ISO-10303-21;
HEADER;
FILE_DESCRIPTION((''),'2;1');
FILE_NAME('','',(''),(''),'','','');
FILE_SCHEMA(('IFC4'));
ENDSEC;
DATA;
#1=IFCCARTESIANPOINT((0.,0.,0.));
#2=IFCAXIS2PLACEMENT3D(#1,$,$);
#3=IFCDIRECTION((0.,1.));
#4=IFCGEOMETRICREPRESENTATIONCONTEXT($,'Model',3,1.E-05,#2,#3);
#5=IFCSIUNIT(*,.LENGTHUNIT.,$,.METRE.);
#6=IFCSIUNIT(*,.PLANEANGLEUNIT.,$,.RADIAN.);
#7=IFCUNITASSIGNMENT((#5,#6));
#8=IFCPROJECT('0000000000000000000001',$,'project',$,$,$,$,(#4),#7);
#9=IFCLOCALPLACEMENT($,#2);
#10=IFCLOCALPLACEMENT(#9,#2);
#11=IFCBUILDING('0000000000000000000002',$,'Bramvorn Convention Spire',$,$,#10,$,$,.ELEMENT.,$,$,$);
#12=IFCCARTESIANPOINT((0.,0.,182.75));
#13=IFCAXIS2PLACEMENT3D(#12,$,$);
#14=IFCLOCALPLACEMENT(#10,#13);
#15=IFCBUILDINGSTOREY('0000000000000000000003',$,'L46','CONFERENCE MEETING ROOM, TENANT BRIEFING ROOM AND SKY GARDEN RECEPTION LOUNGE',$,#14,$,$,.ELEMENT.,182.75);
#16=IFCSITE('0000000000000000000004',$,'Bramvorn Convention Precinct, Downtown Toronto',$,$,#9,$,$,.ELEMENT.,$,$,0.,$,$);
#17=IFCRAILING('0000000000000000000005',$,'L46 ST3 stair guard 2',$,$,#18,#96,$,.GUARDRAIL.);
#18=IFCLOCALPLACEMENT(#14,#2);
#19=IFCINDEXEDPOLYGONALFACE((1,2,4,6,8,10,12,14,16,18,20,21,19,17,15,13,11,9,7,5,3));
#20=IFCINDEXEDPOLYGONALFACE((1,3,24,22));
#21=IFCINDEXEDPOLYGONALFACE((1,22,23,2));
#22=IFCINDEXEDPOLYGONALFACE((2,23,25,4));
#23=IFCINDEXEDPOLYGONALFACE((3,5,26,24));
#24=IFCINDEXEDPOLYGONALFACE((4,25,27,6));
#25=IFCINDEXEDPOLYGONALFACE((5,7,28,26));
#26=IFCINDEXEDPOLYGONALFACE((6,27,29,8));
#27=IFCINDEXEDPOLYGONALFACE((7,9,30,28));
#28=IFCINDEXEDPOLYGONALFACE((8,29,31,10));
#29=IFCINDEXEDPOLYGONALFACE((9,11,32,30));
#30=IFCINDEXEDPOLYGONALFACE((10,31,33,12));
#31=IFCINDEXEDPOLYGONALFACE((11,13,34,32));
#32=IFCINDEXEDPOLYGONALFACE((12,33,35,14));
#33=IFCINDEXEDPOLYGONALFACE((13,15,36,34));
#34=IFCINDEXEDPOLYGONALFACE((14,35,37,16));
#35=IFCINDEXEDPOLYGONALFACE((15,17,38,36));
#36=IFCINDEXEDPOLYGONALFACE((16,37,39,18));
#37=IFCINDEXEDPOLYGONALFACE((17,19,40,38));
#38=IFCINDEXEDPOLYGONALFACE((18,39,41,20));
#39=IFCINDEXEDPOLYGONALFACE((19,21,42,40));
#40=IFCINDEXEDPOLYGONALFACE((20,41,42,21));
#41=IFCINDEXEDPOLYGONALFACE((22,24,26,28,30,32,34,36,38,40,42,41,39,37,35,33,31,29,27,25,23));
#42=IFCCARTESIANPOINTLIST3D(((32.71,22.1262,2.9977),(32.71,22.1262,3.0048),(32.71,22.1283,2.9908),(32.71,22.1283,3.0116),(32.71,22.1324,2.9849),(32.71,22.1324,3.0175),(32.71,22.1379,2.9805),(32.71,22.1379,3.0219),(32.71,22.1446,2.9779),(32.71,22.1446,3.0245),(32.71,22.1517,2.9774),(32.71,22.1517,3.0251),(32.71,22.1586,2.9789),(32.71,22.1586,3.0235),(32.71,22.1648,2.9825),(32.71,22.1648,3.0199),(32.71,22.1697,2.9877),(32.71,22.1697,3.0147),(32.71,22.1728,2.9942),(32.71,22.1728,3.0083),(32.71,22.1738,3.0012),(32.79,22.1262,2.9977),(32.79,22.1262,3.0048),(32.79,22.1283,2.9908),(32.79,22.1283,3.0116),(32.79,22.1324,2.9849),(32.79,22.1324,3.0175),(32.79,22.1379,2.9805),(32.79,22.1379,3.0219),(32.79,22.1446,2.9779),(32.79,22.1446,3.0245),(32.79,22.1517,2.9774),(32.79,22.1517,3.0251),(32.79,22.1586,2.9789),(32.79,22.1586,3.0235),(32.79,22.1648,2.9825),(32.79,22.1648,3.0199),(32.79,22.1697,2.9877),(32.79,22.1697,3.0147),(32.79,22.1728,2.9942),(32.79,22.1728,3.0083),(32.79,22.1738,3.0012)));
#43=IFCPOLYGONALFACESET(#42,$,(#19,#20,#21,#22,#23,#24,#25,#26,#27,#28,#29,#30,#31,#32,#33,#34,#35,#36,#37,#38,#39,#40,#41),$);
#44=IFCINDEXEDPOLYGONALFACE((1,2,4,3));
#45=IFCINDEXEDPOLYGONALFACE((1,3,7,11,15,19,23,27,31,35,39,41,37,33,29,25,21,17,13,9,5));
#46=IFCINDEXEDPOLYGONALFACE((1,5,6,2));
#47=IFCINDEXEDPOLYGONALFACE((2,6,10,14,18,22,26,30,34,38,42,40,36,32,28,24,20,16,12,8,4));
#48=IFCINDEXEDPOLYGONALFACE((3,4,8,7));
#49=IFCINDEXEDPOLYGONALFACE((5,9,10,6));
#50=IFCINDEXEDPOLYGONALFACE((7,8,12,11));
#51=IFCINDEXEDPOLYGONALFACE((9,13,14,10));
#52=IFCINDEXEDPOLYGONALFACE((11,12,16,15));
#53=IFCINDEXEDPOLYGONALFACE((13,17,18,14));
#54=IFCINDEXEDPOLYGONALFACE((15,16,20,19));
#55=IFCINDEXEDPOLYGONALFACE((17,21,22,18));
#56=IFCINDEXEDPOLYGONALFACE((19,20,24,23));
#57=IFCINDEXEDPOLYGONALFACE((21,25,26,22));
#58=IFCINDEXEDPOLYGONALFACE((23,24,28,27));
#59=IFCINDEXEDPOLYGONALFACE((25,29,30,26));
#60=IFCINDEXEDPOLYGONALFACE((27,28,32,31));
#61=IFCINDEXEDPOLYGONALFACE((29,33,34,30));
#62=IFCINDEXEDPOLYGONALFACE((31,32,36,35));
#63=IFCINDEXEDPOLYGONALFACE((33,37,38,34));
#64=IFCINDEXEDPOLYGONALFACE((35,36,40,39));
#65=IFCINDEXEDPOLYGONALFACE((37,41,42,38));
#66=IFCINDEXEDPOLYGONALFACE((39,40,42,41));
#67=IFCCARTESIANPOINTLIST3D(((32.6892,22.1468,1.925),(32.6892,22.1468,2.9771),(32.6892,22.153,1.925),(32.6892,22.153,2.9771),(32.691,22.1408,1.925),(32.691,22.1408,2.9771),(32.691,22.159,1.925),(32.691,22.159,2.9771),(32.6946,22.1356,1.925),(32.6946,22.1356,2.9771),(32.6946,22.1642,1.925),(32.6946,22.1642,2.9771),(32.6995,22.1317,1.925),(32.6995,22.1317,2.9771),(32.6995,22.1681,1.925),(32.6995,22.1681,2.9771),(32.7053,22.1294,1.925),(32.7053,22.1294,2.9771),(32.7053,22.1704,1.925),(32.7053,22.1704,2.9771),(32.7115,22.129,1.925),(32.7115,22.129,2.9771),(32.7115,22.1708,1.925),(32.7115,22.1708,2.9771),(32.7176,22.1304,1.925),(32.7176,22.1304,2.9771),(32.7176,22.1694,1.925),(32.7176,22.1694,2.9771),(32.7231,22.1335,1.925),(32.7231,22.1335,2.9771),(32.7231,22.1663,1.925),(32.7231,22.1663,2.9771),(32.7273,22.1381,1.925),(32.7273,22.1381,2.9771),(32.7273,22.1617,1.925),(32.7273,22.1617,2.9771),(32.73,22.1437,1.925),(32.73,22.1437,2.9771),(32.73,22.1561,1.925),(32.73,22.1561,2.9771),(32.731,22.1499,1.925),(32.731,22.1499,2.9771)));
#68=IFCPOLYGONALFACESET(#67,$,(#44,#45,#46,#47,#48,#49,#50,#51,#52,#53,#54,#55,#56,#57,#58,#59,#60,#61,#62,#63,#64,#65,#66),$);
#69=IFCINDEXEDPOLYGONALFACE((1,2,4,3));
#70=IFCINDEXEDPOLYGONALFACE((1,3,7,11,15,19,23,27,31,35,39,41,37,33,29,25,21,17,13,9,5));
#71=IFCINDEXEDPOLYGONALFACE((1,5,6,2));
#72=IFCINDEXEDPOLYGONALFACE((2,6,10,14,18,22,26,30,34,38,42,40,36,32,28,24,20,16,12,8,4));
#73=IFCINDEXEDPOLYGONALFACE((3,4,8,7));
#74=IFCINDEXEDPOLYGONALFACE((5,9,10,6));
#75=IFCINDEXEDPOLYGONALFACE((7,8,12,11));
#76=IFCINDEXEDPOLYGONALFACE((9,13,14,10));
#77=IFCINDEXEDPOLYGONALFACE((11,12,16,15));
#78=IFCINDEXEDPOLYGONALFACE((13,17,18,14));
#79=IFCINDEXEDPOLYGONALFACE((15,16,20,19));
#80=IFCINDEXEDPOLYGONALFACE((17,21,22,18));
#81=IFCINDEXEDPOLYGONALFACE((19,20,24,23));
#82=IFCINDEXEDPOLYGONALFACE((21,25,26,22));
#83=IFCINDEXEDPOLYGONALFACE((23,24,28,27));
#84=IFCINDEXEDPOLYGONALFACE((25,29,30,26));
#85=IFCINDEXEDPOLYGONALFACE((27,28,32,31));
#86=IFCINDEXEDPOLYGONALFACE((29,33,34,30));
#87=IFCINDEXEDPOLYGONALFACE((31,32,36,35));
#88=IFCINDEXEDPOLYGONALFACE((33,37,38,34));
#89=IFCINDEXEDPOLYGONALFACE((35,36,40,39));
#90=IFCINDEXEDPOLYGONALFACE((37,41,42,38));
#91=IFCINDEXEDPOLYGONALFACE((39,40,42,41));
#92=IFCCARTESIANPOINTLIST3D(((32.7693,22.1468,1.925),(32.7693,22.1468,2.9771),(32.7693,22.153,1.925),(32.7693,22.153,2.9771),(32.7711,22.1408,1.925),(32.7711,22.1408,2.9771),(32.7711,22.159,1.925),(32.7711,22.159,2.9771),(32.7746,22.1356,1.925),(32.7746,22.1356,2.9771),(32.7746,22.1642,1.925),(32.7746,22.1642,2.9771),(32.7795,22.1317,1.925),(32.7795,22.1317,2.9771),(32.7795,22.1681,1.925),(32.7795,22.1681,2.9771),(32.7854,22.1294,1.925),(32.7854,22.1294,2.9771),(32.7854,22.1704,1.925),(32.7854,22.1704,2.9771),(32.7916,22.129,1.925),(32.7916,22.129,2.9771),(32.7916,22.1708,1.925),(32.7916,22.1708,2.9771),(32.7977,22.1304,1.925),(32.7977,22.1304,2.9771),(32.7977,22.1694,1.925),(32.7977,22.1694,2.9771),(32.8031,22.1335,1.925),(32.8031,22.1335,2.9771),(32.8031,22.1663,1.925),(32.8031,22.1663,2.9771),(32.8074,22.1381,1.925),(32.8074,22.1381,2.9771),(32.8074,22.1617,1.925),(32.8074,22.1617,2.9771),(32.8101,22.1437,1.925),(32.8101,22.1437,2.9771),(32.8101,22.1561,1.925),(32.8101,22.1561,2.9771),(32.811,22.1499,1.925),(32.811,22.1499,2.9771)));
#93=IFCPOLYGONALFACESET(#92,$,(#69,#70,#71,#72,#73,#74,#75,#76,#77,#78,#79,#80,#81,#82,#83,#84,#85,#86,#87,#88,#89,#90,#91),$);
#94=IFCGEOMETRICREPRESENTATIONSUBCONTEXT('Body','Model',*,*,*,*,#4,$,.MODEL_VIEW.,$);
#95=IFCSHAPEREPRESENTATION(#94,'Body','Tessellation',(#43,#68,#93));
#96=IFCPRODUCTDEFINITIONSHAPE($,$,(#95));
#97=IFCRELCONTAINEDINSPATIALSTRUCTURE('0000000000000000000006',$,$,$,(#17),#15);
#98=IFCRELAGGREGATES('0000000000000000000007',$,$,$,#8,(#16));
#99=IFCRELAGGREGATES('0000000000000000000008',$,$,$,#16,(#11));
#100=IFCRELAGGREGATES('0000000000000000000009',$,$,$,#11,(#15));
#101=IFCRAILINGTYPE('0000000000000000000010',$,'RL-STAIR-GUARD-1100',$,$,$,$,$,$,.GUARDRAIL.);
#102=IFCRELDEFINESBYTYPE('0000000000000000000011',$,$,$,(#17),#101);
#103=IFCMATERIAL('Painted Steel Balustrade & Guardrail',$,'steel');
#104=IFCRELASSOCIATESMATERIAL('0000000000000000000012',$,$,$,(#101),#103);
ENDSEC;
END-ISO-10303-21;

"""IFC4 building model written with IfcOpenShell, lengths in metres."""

from ifc_helpers import new_model, si_unit, direction, frame, origin, origin_2d, place, context, subcontext, project, spatial, circle, extrude, material, type_object, element, save


model = new_model("IFC4")

# Units and contexts
model_context = context("Model", 3, precision=1e-05, world=origin(), true_north=direction((0.0, 1.0)))
body_context = subcontext(model_context, "Body", "Model", "MODEL_VIEW")
ifc_project = project(units=[si_unit("LENGTHUNIT", "METRE"), si_unit("PLANEANGLEUNIT", "RADIAN")], contexts=[model_context])

# Site, building, storey
site_placement = place(None, origin())
site = spatial("IfcSite", under=ifc_project, at=site_placement, Name="Bramvorn Convention Precinct, Downtown Toronto", CompositionType="ELEMENT", RefElevation=0.0)
building_placement = place(site_placement, origin())
building = spatial("IfcBuilding", under=site, at=building_placement, Name="Bramvorn Convention Spire", CompositionType="ELEMENT")
storey_placement = place(building_placement, frame((0.0, 0.0, 182.75)))
storey = spatial("IfcBuildingStorey", under=building, at=storey_placement, Name="L46", Description="CONFERENCE MEETING ROOM, TENANT BRIEFING ROOM AND SKY GARDEN RECEPTION LOUNGE", CompositionType="ELEMENT", Elevation=182.75)

# Railing
ifc_material_1 = material(Name="Painted Steel Balustrade & Guardrail", Category="steel")
railing_type_1 = type_object("IfcRailingType", Name="RL-STAIR-GUARD-1100", PredefinedType="GUARDRAIL", material=ifc_material_1)
railing_1_placement = place(storey_placement, frame((32.71, 22.1499, 1.925)))
element("IfcRailing", 1, at=railing_1_placement, inside=storey, type_object=railing_type_1, Name="L46 ST3 stair guard 2", PredefinedType="GUARDRAIL", context=body_context, shape_type="SweptSolid", body=[
    extrude(circle(Radius=0.0239, at=origin_2d()), frame((0.0, 0.0, 1.0762), z_axis=(1.0, 0.0, 0.0), x_axis=(0.0, 1.0, 0.0)), (0.0, 0.0, 1.0), 0.0801),
    extrude(circle(Radius=0.021, at=origin_2d()), origin(), (0.0, 0.0, 1.0), 1.052),
    extrude(circle(Radius=0.021, at=origin_2d()), frame((0.0801, 0.0, 0.0)), (0.0, 0.0, 1.0), 1.052),
])

save(model, "model.ifc")
